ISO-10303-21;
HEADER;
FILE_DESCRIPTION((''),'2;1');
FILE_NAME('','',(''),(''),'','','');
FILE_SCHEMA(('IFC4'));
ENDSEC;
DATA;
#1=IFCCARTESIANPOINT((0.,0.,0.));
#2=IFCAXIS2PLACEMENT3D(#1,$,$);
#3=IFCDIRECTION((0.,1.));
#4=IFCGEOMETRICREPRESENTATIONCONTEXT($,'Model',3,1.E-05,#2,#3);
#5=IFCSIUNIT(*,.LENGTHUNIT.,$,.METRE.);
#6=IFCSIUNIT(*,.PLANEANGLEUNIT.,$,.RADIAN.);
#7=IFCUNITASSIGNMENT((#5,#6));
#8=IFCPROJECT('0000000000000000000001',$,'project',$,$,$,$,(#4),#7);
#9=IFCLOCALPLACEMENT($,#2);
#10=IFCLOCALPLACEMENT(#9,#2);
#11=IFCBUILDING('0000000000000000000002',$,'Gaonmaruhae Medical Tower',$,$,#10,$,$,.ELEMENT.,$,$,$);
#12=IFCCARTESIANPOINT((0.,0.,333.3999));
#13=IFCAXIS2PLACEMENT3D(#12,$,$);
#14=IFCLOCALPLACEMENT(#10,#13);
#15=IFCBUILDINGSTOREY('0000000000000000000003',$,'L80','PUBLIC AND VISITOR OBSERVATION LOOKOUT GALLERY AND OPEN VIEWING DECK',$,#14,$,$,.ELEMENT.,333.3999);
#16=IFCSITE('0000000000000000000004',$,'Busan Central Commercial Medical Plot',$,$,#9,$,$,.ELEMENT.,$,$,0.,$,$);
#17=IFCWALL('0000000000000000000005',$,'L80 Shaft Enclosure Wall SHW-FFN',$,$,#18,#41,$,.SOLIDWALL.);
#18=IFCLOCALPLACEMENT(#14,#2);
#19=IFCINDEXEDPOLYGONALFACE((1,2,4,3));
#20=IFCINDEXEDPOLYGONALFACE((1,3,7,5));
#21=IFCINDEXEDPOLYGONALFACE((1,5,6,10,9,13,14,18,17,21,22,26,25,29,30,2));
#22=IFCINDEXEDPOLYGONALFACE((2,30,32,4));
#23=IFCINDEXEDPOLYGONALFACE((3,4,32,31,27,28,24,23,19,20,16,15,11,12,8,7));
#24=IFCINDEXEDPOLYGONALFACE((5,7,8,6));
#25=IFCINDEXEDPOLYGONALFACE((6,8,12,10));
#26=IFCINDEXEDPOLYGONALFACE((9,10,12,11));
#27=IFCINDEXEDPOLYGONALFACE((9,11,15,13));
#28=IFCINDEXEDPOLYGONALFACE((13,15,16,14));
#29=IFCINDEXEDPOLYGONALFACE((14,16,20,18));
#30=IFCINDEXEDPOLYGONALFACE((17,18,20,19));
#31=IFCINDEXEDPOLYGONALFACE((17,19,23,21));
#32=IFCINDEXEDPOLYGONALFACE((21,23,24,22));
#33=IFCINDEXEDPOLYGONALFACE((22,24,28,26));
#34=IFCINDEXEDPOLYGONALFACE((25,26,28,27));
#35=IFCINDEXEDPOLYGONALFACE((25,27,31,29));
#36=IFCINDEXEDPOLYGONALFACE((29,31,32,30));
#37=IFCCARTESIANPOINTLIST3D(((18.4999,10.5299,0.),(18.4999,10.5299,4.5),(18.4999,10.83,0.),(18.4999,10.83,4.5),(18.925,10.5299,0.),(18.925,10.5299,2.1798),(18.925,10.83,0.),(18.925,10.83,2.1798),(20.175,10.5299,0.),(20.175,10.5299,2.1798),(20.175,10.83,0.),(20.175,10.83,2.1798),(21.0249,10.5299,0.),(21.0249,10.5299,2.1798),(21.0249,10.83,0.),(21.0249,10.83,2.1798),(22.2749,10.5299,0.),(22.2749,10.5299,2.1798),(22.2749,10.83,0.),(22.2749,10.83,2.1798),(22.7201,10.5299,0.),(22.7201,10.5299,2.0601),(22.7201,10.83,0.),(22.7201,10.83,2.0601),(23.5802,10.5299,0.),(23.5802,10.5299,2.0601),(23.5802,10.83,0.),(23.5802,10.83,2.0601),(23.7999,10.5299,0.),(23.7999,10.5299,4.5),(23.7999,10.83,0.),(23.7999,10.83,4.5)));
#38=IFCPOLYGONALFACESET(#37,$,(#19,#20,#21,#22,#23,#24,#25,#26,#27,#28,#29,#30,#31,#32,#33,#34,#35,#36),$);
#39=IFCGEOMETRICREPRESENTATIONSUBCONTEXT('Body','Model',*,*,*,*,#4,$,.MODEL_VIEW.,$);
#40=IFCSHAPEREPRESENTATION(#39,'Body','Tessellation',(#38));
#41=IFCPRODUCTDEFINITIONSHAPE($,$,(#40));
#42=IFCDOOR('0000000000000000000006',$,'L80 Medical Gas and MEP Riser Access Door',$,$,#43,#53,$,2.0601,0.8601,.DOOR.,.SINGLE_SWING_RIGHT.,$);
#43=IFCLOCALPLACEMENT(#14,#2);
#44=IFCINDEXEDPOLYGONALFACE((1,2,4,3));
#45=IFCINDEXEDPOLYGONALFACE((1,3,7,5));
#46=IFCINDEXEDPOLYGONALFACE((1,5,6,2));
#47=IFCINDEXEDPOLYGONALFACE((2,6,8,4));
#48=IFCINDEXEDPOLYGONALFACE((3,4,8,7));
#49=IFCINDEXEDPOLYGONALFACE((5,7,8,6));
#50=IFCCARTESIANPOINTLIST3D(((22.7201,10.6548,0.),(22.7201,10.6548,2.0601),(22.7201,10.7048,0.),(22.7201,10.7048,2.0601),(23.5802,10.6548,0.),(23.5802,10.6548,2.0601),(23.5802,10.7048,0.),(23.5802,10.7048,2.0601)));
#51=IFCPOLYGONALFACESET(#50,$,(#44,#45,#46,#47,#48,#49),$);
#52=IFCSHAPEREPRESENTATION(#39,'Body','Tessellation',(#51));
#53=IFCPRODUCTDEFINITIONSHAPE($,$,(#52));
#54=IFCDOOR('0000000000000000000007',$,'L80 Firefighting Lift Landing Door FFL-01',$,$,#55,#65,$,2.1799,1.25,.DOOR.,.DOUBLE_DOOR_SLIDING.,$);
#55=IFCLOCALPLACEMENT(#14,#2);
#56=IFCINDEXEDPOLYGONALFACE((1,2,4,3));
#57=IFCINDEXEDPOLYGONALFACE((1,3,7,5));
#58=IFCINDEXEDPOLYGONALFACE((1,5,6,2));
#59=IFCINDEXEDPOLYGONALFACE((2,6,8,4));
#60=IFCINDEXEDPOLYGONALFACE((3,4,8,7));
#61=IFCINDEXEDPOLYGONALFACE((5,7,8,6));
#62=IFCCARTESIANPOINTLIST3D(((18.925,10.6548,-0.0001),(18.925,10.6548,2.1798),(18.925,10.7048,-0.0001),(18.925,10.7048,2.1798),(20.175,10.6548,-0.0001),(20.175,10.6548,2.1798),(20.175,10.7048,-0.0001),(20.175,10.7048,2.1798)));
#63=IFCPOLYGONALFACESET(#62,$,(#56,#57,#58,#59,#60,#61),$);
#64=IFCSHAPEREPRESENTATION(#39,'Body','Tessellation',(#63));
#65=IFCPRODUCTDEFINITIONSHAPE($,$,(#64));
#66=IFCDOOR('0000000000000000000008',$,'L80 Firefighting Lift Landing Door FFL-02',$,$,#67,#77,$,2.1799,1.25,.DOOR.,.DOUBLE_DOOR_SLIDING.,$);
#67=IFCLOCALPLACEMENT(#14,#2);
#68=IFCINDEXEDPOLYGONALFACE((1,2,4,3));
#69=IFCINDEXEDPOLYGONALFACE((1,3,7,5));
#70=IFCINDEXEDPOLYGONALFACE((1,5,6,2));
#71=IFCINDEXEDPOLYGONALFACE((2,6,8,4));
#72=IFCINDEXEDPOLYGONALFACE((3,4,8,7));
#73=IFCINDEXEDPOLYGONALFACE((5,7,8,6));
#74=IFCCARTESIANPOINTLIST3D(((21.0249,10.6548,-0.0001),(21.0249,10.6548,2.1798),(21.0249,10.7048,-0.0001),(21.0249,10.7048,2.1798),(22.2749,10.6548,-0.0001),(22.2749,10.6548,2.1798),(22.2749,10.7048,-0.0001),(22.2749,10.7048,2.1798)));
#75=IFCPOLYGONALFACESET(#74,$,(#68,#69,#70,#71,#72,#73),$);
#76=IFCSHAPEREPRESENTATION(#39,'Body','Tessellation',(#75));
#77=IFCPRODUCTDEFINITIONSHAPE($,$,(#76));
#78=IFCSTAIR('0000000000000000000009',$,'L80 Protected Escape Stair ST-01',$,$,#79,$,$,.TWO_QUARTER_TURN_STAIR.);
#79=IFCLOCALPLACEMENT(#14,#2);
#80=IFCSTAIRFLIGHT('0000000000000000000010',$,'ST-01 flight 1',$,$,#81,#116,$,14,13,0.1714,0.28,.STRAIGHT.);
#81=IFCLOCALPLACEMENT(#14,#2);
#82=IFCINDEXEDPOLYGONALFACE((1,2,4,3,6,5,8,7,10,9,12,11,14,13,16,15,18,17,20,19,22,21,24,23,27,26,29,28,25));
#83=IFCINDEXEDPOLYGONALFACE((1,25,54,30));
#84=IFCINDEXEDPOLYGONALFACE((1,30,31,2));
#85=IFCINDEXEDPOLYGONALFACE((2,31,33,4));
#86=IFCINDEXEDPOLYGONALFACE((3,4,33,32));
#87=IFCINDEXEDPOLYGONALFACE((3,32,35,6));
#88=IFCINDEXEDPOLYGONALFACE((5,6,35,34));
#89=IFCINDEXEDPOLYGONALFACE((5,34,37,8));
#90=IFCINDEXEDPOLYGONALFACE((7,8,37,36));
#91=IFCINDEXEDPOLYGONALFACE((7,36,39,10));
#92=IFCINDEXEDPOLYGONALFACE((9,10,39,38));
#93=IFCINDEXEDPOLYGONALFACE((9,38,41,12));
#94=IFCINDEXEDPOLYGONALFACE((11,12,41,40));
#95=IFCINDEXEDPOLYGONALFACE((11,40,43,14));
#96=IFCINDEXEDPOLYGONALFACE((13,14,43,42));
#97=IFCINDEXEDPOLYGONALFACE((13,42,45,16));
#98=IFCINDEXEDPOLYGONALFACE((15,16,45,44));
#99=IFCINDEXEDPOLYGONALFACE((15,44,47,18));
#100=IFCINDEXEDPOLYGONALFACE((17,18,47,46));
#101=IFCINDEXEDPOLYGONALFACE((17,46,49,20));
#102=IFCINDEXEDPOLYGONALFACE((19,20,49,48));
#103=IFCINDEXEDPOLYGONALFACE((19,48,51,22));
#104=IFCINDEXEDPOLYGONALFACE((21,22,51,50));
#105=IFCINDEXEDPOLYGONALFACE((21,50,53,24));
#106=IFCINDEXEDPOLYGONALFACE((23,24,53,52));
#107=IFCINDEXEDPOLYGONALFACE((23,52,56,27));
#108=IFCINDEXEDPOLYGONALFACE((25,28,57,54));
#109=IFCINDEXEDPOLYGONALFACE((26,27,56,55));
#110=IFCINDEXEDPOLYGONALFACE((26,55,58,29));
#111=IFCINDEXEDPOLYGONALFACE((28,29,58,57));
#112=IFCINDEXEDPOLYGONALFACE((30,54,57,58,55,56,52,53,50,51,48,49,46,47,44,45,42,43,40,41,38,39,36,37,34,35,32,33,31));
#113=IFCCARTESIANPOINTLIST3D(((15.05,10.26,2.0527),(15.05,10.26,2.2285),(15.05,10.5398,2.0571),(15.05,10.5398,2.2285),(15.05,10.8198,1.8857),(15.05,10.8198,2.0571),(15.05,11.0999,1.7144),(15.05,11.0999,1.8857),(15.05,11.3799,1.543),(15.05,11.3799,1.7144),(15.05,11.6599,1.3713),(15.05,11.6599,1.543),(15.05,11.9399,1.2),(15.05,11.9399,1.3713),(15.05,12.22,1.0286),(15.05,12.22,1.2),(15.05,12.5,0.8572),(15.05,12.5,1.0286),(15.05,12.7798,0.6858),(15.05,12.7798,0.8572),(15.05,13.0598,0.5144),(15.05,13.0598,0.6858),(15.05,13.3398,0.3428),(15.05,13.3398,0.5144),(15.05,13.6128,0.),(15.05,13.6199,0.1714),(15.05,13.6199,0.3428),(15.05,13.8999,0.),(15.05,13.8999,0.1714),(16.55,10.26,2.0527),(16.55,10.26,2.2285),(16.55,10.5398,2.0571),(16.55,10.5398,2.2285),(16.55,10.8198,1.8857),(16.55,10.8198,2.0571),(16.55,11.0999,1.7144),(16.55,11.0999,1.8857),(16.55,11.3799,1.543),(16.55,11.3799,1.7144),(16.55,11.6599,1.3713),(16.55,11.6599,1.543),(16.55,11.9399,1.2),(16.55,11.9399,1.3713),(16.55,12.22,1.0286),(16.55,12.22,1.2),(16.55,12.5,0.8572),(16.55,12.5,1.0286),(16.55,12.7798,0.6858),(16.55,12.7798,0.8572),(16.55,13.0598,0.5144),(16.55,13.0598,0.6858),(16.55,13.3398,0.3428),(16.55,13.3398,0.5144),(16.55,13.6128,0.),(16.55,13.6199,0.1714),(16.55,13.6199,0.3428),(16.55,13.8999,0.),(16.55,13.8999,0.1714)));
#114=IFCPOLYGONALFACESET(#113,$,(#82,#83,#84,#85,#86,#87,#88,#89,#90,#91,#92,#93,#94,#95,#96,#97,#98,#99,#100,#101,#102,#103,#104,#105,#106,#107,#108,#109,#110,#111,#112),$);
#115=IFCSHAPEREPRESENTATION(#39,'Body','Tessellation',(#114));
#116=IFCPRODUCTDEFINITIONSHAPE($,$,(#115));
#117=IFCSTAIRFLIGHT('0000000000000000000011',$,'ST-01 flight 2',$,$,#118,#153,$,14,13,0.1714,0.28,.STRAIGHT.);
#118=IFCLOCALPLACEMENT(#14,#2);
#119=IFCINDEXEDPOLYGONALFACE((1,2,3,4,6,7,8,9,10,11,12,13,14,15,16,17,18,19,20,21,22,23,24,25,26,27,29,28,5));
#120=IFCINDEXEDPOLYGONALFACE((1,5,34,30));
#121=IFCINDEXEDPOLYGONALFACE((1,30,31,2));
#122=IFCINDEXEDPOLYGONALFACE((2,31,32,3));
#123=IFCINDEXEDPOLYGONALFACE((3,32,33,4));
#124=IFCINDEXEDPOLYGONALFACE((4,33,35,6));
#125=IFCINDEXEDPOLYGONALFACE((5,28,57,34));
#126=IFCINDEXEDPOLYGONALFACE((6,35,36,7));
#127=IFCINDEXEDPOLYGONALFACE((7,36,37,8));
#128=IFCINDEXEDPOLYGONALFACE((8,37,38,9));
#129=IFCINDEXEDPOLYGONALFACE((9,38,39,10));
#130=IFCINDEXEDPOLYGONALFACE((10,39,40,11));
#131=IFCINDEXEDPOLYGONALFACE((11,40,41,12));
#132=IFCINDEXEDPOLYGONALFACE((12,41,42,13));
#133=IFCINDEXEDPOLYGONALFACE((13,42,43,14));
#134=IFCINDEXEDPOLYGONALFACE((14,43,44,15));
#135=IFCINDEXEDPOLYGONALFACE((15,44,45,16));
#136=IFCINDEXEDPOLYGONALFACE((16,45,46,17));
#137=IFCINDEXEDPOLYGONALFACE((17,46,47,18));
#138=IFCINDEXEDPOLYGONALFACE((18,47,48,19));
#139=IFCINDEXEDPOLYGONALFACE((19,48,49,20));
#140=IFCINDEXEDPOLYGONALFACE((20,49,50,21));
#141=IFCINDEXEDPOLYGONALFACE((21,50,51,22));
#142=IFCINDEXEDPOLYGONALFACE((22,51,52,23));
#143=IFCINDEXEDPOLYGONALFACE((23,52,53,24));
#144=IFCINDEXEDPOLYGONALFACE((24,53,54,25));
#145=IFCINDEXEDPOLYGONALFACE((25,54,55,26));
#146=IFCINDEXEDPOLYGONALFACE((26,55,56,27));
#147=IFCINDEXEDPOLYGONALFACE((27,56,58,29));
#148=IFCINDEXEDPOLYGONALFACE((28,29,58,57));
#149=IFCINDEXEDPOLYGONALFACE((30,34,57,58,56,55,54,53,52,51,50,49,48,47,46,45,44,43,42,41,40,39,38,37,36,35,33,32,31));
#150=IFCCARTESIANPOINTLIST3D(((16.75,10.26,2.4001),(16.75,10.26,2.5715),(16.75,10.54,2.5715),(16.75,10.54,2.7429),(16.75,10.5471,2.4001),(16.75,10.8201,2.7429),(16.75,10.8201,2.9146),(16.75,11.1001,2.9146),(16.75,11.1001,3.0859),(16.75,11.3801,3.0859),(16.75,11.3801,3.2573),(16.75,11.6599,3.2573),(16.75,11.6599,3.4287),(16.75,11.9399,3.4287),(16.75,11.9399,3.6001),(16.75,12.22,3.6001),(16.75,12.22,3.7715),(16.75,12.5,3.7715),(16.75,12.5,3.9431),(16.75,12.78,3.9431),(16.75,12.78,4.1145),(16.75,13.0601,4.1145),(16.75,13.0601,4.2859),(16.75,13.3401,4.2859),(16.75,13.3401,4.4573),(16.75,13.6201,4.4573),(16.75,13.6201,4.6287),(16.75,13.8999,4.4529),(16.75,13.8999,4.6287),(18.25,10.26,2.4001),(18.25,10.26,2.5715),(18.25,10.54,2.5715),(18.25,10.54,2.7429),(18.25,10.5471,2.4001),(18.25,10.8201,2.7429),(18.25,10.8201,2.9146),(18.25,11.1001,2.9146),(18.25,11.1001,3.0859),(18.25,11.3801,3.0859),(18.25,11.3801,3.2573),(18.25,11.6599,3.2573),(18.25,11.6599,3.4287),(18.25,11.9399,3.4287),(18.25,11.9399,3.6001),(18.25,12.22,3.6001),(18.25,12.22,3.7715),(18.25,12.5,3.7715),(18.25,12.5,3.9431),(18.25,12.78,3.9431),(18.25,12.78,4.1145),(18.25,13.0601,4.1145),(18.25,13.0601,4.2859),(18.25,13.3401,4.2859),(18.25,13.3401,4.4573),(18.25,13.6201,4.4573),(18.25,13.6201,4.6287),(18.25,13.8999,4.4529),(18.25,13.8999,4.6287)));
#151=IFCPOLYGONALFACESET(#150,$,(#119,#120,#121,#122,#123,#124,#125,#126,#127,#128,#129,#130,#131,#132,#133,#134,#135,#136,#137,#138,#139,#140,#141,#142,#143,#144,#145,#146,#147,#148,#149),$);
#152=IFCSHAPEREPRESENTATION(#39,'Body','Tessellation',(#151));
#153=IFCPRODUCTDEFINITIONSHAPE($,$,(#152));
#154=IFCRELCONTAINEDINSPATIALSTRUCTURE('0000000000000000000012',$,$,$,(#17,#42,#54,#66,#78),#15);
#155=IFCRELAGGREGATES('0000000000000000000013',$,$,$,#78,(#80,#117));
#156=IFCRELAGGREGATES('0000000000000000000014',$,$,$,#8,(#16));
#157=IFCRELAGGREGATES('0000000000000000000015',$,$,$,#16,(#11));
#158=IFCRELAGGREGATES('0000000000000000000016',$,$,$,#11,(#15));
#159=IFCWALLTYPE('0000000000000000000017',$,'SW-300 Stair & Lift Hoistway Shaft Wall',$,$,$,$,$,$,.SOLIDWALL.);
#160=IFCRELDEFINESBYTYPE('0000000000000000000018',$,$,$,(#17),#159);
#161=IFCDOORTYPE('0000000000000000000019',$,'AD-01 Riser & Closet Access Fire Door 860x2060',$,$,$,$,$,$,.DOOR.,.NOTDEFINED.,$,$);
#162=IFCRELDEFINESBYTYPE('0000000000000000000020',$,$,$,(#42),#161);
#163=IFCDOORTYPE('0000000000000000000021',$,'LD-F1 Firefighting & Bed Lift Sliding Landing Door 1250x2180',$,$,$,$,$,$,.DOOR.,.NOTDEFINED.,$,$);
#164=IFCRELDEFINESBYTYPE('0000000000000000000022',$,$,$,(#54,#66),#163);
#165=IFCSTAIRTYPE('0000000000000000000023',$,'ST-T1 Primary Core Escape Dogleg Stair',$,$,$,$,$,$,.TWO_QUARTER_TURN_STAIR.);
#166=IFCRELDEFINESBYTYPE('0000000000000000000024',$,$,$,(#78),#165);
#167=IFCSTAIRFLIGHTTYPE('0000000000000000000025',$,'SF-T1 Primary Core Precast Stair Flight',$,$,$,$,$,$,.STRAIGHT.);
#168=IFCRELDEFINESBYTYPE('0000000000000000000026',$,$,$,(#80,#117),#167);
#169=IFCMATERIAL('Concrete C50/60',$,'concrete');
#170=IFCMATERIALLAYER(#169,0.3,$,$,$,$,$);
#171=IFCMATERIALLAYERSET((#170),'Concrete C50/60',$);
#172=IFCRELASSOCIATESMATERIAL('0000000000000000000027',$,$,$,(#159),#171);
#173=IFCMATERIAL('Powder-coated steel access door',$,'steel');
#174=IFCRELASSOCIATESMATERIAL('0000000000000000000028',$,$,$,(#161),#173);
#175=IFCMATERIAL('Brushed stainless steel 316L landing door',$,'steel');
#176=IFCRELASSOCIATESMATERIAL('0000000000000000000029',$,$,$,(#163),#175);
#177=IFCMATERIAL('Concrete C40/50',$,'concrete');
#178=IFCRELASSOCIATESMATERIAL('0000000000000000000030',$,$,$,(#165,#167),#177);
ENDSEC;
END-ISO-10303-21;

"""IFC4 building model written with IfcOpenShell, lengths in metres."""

from ifc_helpers import new_model, si_unit, direction, frame, frame_2d, origin, place, context, subcontext, project, spatial, polyline, rectangle, outline, extrude, material, layer, layer_set, type_object, element, fill, aggregate, save


model = new_model("IFC4")

# Units and contexts
model_context = context("Model", 3, precision=1e-05, world=origin(), true_north=direction((0.0, 1.0)))
body_context = subcontext(model_context, "Body", "Model", "MODEL_VIEW")
ifc_project = project(units=[si_unit("LENGTHUNIT", "METRE"), si_unit("PLANEANGLEUNIT", "RADIAN")], contexts=[model_context])

# Site, building, storey
site_placement = place(None, origin())
site = spatial("IfcSite", under=ifc_project, at=site_placement, Name="Busan Central Commercial Medical Plot", CompositionType="ELEMENT", RefElevation=0.0)
building_placement = place(site_placement, origin())
building = spatial("IfcBuilding", under=site, at=building_placement, Name="Gaonmaruhae Medical Tower", CompositionType="ELEMENT")
storey_placement = place(building_placement, frame((0.0, 0.0, 333.3999)))
storey = spatial("IfcBuildingStorey", under=building, at=storey_placement, Name="L80", Description="PUBLIC AND VISITOR OBSERVATION LOOKOUT GALLERY AND OPEN VIEWING DECK", CompositionType="ELEMENT", Elevation=333.3999)

# Shared definitions
ifc_material_1 = material(Name="Concrete C50/60", Category="concrete")

# Wall, openings, doors
ifc_layer_1 = layer(ifc_material_1, 0.3)
ifc_layer_set_1 = layer_set([ifc_layer_1], Name="Concrete C50/60")
wall_type_1 = type_object("IfcWallType", Name="SW-300 Stair & Lift Hoistway Shaft Wall", PredefinedType="SOLIDWALL", material=ifc_layer_set_1)
wall_1_placement = place(storey_placement, frame((18.5, 10.6799, 0.0), z_axis=(0.0, 0.0, 1.0), x_axis=(1.0, 0.0, 0.0)))
wall_1 = element("IfcWall", 1, at=wall_1_placement, inside=storey, type_object=wall_type_1, Name="L80 Shaft Enclosure Wall SHW-FFN", PredefinedType="SOLIDWALL", context=body_context, shape_type="SweptSolid", body=[
    extrude(rectangle(XDim=5.3, YDim=0.3, at=frame_2d((2.6499, 0.0))), origin(), (0.0, 0.0, 1.0), 4.5),
])
opening_1_placement = place(wall_1_placement, frame((4.22, 0.0, 0.0)))
opening_1 = element("IfcOpeningElement", 2, at=opening_1_placement, cuts=wall_1, PredefinedType="OPENING", context=body_context, shape_type="SweptSolid", body=[
    extrude(rectangle(XDim=0.8601, YDim=2.0601, at=frame_2d((0.4302, 1.03))), frame((0.0, 0.1602, 0.0), z_axis=(0.0, -1.0, 0.0), x_axis=(1.0, 0.0, 0.0)), (0.0, 0.0, 1.0), 0.3201),
])
opening_2_placement = place(wall_1_placement, frame((0.425, 0.0, 0.0)))
opening_2 = element("IfcOpeningElement", 3, at=opening_2_placement, cuts=wall_1, PredefinedType="OPENING", context=body_context, shape_type="SweptSolid", body=[
    extrude(rectangle(XDim=1.25, YDim=2.1799, at=frame_2d((0.625, 1.0898))), frame((0.0, 0.1602, 0.0), z_axis=(0.0, -1.0, 0.0), x_axis=(1.0, 0.0, 0.0)), (0.0, 0.0, 1.0), 0.3201),
])
opening_3_placement = place(wall_1_placement, frame((2.5249, 0.0, 0.0)))
opening_3 = element("IfcOpeningElement", 4, at=opening_3_placement, cuts=wall_1, PredefinedType="OPENING", context=body_context, shape_type="SweptSolid", body=[
    extrude(rectangle(XDim=1.25, YDim=2.1799, at=frame_2d((0.625, 1.0898))), frame((0.0, 0.1602, 0.0), z_axis=(0.0, -1.0, 0.0), x_axis=(1.0, 0.0, 0.0)), (0.0, 0.0, 1.0), 0.3201),
])
ifc_material_2 = material(Name="Powder-coated steel access door", Category="steel")
door_type_1 = type_object("IfcDoorType", Name="AD-01 Riser & Closet Access Fire Door 860x2060", OperationType="NOTDEFINED", PredefinedType="DOOR", material=ifc_material_2)
door_1_placement = place(opening_1_placement, origin())
door_1 = element("IfcDoor", 5, at=door_1_placement, inside=storey, type_object=door_type_1, Name="L80 Medical Gas and MEP Riser Access Door", OperationType="SINGLE_SWING_RIGHT", OverallHeight=2.0601, OverallWidth=0.8601, PredefinedType="DOOR", context=body_context, shape_type="SweptSolid", body=[
    extrude(rectangle(XDim=0.8601, YDim=2.0601, at=frame_2d((0.4302, 1.03))), frame((0.0, 0.0249, 0.0), z_axis=(0.0, -1.0, 0.0), x_axis=(1.0, 0.0, 0.0)), (0.0, 0.0, 1.0), 0.05),
])
fill(opening_1, door_1)
ifc_material_3 = material(Name="Brushed stainless steel 316L landing door", Category="steel")
door_type_2 = type_object("IfcDoorType", Name="LD-F1 Firefighting & Bed Lift Sliding Landing Door 1250x2180", OperationType="NOTDEFINED", PredefinedType="DOOR", material=ifc_material_3)
door_2_placement = place(opening_2_placement, origin())
door_2 = element("IfcDoor", 6, at=door_2_placement, inside=storey, type_object=door_type_2, Name="L80 Firefighting Lift Landing Door FFL-01", OperationType="DOUBLE_DOOR_SLIDING", OverallHeight=2.1799, OverallWidth=1.25, PredefinedType="DOOR", context=body_context, shape_type="SweptSolid", body=[
    extrude(rectangle(XDim=1.25, YDim=2.1799, at=frame_2d((0.625, 1.0898))), frame((0.0, 0.0249, 0.0), z_axis=(0.0, -1.0, 0.0), x_axis=(1.0, 0.0, 0.0)), (0.0, 0.0, 1.0), 0.05),
])
fill(opening_2, door_2)
door_3_placement = place(opening_3_placement, origin())
door_3 = element("IfcDoor", 7, at=door_3_placement, inside=storey, type_object=door_type_2, Name="L80 Firefighting Lift Landing Door FFL-02", OperationType="DOUBLE_DOOR_SLIDING", OverallHeight=2.1799, OverallWidth=1.25, PredefinedType="DOOR", context=body_context, shape_type="SweptSolid", body=[
    extrude(rectangle(XDim=1.25, YDim=2.1799, at=frame_2d((0.625, 1.0898))), frame((0.0, 0.0249, 0.0), z_axis=(0.0, -1.0, 0.0), x_axis=(1.0, 0.0, 0.0)), (0.0, 0.0, 1.0), 0.05),
])
fill(opening_3, door_3)

# Stair, stair flights
ifc_material_4 = material(Name="Concrete C40/50", Category="concrete")
stair_type = type_object("IfcStairType", Name="ST-T1 Primary Core Escape Dogleg Stair", PredefinedType="TWO_QUARTER_TURN_STAIR", material=ifc_material_4)
stair_placement = place(storey_placement, origin())
stair = element("IfcStair", 8, at=stair_placement, inside=storey, type_object=stair_type, Name="L80 Protected Escape Stair ST-01", PredefinedType="TWO_QUARTER_TURN_STAIR")
stair_flight_type = type_object("IfcStairFlightType", Name="SF-T1 Primary Core Precast Stair Flight", PredefinedType="STRAIGHT", material=ifc_material_4)
stair_flight_1_placement = place(storey_placement, frame((15.8, 13.8999, 0.0), z_axis=(0.0, 0.0, 1.0), x_axis=(0.0, -1.0, 0.0)))
stair_flight_1 = element("IfcStairFlight", 9, at=stair_flight_1_placement, type_object=stair_flight_type, Name="ST-01 flight 1", NumberOfRisers=14, NumberOfTreads=13, PredefinedType="STRAIGHT", RiserHeight=0.1714, TreadLength=0.28, context=body_context, shape_type="SweptSolid", body=[
    extrude(outline(polyline([(0.0, 0.0), (0.0, 0.1714), (0.28, 0.1714), (0.28, 0.3428), (0.5601, 0.3428), (0.5601, 0.5144), (0.8401, 0.5144), (0.8401, 0.6858), (1.1201, 0.6858), (1.1201, 0.8572), (1.3999, 0.8572), (1.3999, 1.0286), (1.6799, 1.0286), (1.6799, 1.2), (1.96, 1.2), (1.96, 1.3713), (2.24, 1.3713), (2.24, 1.543), (2.52, 1.543), (2.52, 1.7144), (2.8, 1.7144), (2.8, 1.8857), (3.0801, 1.8857), (3.0801, 2.0571), (3.3601, 2.0571), (3.3601, 2.2285), (3.6399, 2.2285), (3.6399, 2.3999), (3.6399, 2.0527), (0.2871, 0.0), (0.0, 0.0)])), frame((0.0, 0.75, 0.0), z_axis=(0.0, -1.0, 0.0), x_axis=(1.0, 0.0, 0.0)), (0.0, 0.0, 1.0), 1.5),
])
stair_flight_2_placement = place(storey_placement, frame((17.5, 10.26, 2.4001), z_axis=(0.0, 0.0, 1.0), x_axis=(0.0, 1.0, 0.0)))
stair_flight_2 = element("IfcStairFlight", 10, at=stair_flight_2_placement, type_object=stair_flight_type, Name="ST-01 flight 2", NumberOfRisers=14, NumberOfTreads=13, PredefinedType="STRAIGHT", RiserHeight=0.1714, TreadLength=0.28, context=body_context, shape_type="SweptSolid", body=[
    extrude(outline(polyline([(0.0, 0.0), (0.0, 0.1714), (0.28, 0.1714), (0.28, 0.3428), (0.5601, 0.3428), (0.5601, 0.5144), (0.8401, 0.5144), (0.8401, 0.6858), (1.1201, 0.6858), (1.1201, 0.8572), (1.3999, 0.8572), (1.3999, 1.0286), (1.6799, 1.0286), (1.6799, 1.2), (1.96, 1.2), (1.96, 1.3713), (2.24, 1.3713), (2.24, 1.543), (2.52, 1.543), (2.52, 1.7144), (2.8, 1.7144), (2.8, 1.8857), (3.0801, 1.8857), (3.0801, 2.0571), (3.3601, 2.0571), (3.3601, 2.2285), (3.6399, 2.2285), (3.6399, 2.3999), (3.6399, 2.0527), (0.2871, 0.0), (0.0, 0.0)])), frame((0.0, 0.75, 0.0), z_axis=(0.0, -1.0, 0.0), x_axis=(1.0, 0.0, 0.0)), (0.0, 0.0, 1.0), 1.5),
])
aggregate(stair, [stair_flight_1, stair_flight_2])

save(model, "model.ifc")
